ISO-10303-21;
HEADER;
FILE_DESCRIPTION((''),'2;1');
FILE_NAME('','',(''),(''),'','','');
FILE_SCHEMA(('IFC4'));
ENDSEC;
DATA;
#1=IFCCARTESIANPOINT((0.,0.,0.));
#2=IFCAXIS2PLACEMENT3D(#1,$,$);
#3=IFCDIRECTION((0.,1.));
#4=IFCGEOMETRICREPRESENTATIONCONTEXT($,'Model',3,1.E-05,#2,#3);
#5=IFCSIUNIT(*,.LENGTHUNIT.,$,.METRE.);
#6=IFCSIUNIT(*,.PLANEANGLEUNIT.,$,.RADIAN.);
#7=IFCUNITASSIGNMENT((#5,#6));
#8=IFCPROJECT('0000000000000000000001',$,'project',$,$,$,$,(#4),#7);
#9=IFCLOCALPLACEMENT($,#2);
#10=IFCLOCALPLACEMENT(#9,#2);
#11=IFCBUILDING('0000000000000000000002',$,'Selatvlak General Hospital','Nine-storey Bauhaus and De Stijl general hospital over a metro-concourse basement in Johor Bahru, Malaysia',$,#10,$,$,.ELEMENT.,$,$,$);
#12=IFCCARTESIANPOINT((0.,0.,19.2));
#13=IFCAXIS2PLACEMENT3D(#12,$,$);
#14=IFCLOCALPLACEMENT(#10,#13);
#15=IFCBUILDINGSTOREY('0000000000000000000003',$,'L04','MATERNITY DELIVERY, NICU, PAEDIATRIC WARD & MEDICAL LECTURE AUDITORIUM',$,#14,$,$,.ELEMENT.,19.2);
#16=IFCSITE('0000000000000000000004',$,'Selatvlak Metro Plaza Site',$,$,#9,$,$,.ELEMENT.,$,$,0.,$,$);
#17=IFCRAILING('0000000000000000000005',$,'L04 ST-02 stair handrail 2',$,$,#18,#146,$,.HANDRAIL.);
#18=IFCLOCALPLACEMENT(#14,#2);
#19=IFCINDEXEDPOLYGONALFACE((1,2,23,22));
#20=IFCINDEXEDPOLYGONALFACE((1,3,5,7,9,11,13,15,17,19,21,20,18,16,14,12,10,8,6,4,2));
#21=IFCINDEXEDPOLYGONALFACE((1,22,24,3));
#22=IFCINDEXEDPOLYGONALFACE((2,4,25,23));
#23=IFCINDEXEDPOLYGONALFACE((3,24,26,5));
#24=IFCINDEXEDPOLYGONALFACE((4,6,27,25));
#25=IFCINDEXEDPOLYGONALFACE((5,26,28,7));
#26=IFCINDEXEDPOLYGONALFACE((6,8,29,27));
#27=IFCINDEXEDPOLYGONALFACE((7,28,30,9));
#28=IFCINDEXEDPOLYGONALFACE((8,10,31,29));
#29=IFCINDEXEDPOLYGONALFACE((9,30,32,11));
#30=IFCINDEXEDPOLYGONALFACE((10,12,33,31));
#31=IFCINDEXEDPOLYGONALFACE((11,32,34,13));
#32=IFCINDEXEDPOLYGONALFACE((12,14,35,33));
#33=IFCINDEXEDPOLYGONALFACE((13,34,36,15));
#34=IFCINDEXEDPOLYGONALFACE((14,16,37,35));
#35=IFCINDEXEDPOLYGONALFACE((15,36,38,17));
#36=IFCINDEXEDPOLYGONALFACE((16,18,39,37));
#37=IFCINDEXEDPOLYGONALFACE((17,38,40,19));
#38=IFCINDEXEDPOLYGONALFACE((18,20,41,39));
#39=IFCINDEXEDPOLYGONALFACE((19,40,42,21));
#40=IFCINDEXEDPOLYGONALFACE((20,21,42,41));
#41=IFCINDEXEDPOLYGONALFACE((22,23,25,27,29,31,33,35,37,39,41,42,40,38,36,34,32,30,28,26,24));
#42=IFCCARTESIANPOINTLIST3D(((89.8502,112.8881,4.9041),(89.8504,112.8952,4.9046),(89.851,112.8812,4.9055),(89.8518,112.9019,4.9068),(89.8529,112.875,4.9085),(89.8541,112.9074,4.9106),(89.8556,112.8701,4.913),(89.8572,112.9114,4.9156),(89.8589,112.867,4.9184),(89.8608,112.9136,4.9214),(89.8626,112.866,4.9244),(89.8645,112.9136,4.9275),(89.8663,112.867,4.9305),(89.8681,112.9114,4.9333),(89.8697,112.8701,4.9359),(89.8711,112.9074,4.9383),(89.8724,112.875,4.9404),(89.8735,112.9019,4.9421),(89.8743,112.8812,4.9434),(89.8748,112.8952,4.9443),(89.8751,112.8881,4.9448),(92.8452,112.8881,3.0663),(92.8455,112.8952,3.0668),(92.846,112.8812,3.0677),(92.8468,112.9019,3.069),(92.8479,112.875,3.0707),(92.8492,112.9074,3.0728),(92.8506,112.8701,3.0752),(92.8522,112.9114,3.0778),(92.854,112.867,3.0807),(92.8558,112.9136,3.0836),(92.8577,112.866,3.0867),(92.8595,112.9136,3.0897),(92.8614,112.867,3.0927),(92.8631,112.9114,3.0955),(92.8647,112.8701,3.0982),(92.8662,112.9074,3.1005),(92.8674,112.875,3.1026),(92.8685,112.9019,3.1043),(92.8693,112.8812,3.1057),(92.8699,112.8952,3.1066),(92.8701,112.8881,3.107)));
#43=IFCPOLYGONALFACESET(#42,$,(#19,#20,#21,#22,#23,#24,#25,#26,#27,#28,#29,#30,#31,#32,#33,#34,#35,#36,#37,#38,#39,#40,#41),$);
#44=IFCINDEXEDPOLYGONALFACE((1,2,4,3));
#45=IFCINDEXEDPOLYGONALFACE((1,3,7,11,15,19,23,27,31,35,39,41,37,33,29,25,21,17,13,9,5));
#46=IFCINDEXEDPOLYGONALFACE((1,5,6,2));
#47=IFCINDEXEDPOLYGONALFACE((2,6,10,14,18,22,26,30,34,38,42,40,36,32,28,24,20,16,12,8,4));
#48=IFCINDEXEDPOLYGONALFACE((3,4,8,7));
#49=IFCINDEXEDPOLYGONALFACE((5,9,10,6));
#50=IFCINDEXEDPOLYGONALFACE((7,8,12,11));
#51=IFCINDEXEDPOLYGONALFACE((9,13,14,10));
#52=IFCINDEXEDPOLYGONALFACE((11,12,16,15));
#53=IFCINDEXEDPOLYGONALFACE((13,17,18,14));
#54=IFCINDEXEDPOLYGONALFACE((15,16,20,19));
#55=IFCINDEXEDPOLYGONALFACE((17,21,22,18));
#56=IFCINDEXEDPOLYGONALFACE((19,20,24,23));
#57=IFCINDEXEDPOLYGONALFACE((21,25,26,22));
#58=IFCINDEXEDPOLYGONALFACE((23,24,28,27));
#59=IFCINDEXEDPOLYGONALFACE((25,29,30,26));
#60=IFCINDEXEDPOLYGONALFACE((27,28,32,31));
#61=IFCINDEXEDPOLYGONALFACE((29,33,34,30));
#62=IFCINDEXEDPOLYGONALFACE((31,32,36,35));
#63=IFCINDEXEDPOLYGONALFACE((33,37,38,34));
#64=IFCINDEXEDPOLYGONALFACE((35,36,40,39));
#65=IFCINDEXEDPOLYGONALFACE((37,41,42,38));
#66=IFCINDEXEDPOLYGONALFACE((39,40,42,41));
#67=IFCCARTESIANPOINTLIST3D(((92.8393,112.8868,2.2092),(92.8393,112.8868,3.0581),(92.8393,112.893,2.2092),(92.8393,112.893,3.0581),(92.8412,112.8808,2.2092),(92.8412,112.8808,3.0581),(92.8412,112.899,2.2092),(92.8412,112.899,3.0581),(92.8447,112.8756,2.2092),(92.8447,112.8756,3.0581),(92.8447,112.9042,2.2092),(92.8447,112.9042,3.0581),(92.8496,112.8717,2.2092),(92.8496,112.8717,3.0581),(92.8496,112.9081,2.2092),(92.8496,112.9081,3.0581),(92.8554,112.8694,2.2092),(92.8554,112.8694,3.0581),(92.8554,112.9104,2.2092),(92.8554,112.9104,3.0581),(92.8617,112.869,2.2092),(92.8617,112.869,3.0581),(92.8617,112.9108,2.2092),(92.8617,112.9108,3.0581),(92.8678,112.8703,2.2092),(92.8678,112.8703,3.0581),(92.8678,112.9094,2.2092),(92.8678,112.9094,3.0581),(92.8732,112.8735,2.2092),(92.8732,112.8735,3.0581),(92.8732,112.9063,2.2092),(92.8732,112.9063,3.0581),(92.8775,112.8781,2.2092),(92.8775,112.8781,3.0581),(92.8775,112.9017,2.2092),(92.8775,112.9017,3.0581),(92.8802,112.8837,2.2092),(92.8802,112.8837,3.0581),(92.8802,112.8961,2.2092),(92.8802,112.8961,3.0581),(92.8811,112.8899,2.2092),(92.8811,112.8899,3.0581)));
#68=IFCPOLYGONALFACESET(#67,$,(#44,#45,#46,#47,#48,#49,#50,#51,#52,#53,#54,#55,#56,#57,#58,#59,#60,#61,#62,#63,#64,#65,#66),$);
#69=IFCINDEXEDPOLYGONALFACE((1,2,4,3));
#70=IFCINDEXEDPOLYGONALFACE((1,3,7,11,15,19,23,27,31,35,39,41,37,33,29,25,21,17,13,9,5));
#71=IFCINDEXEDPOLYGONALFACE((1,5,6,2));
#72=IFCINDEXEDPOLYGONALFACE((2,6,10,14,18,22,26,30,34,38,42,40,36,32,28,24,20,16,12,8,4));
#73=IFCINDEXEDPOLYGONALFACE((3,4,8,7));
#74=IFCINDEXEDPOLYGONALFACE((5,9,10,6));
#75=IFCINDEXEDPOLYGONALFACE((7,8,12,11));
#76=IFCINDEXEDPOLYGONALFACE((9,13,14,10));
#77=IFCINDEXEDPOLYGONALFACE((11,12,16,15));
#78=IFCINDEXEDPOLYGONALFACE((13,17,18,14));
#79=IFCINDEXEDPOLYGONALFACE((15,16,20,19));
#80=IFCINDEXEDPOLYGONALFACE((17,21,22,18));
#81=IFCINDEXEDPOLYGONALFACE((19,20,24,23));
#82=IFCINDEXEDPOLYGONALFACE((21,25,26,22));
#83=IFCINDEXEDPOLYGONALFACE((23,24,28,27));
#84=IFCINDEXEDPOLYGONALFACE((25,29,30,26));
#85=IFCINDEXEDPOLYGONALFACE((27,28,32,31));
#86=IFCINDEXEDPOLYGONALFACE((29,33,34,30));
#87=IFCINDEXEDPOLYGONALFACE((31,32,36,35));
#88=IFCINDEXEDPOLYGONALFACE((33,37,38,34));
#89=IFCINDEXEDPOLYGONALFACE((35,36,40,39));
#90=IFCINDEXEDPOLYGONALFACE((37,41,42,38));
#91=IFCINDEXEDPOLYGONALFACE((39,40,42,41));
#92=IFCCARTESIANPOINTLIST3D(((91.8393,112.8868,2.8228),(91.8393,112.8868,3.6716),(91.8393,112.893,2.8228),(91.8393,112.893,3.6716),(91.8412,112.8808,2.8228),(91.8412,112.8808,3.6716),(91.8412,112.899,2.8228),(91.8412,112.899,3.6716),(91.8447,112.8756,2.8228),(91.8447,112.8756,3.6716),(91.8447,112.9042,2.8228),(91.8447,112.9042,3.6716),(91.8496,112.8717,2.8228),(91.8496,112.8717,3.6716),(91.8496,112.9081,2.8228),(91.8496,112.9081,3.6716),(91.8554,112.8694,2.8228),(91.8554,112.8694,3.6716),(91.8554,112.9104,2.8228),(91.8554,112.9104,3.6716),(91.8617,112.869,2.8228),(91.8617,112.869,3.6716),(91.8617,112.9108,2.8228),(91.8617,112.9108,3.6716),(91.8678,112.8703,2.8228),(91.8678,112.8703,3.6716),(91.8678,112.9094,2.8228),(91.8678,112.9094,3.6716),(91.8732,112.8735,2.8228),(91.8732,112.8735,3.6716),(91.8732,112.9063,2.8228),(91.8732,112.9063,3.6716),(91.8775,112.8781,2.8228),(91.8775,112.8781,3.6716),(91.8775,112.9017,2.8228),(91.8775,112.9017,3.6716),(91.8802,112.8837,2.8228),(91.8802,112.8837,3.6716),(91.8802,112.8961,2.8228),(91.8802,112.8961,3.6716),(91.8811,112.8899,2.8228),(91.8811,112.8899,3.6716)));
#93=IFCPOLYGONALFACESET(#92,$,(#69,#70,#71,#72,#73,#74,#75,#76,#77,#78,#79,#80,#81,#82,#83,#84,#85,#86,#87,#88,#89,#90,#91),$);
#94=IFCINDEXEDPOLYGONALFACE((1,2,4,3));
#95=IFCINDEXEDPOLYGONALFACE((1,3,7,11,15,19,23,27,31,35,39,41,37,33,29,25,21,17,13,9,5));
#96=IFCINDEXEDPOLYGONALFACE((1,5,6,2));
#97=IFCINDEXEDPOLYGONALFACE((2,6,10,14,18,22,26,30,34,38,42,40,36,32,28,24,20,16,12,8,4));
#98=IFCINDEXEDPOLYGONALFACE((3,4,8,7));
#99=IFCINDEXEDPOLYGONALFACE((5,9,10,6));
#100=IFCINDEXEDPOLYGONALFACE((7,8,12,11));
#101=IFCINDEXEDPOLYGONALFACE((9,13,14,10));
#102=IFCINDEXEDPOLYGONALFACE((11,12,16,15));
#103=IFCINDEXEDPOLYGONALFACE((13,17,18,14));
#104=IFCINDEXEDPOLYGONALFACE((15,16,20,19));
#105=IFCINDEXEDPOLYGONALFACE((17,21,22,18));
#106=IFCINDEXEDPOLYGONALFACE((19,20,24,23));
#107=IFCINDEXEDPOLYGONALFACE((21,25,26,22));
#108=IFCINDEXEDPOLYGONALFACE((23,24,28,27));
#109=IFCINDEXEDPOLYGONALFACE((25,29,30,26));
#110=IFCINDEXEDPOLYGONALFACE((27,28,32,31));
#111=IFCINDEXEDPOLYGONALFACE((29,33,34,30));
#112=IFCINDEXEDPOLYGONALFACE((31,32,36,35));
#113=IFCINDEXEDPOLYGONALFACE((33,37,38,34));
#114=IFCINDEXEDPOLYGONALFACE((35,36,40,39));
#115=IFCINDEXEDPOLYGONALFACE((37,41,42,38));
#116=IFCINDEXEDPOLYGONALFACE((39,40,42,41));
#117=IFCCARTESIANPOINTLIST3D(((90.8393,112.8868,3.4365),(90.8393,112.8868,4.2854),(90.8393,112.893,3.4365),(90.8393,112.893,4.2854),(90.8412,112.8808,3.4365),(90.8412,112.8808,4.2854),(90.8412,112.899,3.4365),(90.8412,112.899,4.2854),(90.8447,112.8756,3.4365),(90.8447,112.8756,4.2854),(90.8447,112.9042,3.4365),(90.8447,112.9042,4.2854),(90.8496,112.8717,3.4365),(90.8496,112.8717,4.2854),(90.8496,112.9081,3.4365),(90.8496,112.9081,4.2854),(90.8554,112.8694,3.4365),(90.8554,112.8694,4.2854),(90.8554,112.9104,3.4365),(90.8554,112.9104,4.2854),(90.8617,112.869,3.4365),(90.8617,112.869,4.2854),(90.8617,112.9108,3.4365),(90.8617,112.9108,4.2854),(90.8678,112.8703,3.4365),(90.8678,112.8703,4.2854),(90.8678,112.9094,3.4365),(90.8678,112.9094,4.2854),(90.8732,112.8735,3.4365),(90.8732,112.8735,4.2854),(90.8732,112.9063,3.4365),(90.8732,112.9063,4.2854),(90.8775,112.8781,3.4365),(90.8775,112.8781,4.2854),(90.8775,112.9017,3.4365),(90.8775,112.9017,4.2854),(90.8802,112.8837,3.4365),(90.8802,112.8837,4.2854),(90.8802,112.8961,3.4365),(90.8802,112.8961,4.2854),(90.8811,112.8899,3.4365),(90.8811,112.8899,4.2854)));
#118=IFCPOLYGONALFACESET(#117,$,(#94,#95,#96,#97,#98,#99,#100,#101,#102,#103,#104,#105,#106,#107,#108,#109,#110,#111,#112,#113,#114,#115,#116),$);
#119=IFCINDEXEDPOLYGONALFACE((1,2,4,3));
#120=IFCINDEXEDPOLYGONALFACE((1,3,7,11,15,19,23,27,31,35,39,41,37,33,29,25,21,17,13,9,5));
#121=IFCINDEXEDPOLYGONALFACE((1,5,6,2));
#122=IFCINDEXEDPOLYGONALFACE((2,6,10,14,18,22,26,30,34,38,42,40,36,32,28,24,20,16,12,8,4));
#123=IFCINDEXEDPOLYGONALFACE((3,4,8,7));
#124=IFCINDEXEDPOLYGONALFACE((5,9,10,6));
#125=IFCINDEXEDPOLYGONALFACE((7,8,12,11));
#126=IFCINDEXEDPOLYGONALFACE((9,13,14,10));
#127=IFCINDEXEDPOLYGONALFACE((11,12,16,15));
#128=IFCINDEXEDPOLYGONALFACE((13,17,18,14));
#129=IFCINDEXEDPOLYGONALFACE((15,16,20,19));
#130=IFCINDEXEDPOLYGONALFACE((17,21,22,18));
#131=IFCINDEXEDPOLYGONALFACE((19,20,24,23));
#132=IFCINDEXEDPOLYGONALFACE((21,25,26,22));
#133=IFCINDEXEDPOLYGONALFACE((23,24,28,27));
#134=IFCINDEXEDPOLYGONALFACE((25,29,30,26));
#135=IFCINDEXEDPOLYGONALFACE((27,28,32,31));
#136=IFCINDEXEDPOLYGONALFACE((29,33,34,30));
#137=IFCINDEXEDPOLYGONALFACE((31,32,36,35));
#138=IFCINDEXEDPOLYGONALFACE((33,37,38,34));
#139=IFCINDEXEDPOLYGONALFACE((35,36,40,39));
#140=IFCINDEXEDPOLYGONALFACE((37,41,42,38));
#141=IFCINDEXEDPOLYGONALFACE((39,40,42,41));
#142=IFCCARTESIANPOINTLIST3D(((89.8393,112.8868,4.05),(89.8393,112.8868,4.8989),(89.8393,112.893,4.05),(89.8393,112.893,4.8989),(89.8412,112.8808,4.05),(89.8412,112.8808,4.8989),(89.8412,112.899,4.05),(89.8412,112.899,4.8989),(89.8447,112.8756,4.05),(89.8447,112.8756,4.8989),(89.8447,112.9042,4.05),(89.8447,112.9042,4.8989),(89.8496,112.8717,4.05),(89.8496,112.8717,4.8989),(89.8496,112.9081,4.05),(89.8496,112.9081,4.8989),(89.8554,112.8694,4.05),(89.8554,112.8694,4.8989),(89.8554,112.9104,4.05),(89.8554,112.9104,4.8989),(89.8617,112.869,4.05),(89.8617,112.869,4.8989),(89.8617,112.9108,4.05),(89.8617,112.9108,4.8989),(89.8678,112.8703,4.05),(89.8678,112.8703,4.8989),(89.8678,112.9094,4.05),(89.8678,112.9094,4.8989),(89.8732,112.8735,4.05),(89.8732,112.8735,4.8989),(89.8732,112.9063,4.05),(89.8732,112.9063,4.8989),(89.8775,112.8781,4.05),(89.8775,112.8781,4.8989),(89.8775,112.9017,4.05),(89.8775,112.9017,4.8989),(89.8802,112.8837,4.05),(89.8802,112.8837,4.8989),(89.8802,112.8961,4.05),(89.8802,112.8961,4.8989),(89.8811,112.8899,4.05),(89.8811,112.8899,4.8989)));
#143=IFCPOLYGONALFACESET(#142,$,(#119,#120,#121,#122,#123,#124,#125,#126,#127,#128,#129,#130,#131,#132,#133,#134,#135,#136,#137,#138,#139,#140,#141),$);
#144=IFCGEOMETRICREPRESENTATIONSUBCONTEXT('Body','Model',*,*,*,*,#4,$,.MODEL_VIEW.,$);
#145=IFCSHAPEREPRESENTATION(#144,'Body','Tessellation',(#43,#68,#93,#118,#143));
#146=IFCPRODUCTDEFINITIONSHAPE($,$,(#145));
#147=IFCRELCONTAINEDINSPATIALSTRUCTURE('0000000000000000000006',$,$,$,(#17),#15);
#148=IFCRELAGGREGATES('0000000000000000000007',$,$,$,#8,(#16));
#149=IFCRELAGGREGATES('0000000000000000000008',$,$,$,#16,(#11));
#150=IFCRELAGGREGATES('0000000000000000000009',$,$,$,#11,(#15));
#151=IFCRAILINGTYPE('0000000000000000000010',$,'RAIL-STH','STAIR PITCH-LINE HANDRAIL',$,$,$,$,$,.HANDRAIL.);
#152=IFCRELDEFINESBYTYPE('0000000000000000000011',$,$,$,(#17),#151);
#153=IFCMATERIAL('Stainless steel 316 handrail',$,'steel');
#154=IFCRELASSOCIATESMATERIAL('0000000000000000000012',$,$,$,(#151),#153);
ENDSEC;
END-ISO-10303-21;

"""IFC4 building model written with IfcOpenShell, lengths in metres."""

from ifc_helpers import new_model, si_unit, direction, frame, origin, origin_2d, place, context, subcontext, project, spatial, circle, extrude, material, type_object, element, save


model = new_model("IFC4")

# Units and contexts
model_context = context("Model", 3, precision=1e-05, world=origin(), true_north=direction((0.0, 1.0)))
body_context = subcontext(model_context, "Body", "Model", "MODEL_VIEW")
ifc_project = project(units=[si_unit("LENGTHUNIT", "METRE"), si_unit("PLANEANGLEUNIT", "RADIAN")], contexts=[model_context])

# Site, building, storey
site_placement = place(None, origin())
site = spatial("IfcSite", under=ifc_project, at=site_placement, Name="Selatvlak Metro Plaza Site", CompositionType="ELEMENT", RefElevation=0.0)
building_placement = place(site_placement, origin())
building = spatial("IfcBuilding", under=site, at=building_placement, Name="Selatvlak General Hospital", Description="Nine-storey Bauhaus and De Stijl general hospital over a metro-concourse basement in Johor Bahru, Malaysia", CompositionType="ELEMENT")
storey_placement = place(building_placement, frame((0.0, 0.0, 19.2)))
storey = spatial("IfcBuildingStorey", under=building, at=storey_placement, Name="L04", Description="MATERNITY DELIVERY, NICU, PAEDIATRIC WARD & MEDICAL LECTURE AUDITORIUM", CompositionType="ELEMENT", Elevation=19.2)

# Railing
ifc_material_1 = material(Name="Stainless steel 316 handrail", Category="steel")
railing_type_1 = type_object("IfcRailingType", Name="RAIL-STH", Description="STAIR PITCH-LINE HANDRAIL", PredefinedType="HANDRAIL", material=ifc_material_1)
railing_1_placement = place(storey_placement, frame((92.8601, 112.8899, 2.2092)))
element("IfcRailing", 1, at=railing_1_placement, inside=storey, type_object=railing_type_1, Name="L04 ST-02 stair handrail 2", PredefinedType="HANDRAIL", context=body_context, shape_type="SweptSolid", body=[
    extrude(circle(Radius=0.0239, at=origin_2d()), frame((-0.0024, 0.0, 0.8774), z_axis=(-0.852334, 0.0, 0.522998), x_axis=(0.0, -1.0, 0.0)), (0.0, 0.0, 1.0), 3.5139),
    extrude(circle(Radius=0.021, at=origin_2d()), origin(), (0.0, 0.0, 1.0), 0.8489),
    extrude(circle(Radius=0.021, at=origin_2d()), frame((-1.0, 0.0, 0.6135)), (0.0, 0.0, 1.0), 0.8489),
    extrude(circle(Radius=0.021, at=origin_2d()), frame((-2.0, 0.0, 1.2273)), (0.0, 0.0, 1.0), 0.8489),
    extrude(circle(Radius=0.021, at=origin_2d()), frame((-3.0, 0.0, 1.8408)), (0.0, 0.0, 1.0), 0.8489),
])

save(model, "model.ifc")
